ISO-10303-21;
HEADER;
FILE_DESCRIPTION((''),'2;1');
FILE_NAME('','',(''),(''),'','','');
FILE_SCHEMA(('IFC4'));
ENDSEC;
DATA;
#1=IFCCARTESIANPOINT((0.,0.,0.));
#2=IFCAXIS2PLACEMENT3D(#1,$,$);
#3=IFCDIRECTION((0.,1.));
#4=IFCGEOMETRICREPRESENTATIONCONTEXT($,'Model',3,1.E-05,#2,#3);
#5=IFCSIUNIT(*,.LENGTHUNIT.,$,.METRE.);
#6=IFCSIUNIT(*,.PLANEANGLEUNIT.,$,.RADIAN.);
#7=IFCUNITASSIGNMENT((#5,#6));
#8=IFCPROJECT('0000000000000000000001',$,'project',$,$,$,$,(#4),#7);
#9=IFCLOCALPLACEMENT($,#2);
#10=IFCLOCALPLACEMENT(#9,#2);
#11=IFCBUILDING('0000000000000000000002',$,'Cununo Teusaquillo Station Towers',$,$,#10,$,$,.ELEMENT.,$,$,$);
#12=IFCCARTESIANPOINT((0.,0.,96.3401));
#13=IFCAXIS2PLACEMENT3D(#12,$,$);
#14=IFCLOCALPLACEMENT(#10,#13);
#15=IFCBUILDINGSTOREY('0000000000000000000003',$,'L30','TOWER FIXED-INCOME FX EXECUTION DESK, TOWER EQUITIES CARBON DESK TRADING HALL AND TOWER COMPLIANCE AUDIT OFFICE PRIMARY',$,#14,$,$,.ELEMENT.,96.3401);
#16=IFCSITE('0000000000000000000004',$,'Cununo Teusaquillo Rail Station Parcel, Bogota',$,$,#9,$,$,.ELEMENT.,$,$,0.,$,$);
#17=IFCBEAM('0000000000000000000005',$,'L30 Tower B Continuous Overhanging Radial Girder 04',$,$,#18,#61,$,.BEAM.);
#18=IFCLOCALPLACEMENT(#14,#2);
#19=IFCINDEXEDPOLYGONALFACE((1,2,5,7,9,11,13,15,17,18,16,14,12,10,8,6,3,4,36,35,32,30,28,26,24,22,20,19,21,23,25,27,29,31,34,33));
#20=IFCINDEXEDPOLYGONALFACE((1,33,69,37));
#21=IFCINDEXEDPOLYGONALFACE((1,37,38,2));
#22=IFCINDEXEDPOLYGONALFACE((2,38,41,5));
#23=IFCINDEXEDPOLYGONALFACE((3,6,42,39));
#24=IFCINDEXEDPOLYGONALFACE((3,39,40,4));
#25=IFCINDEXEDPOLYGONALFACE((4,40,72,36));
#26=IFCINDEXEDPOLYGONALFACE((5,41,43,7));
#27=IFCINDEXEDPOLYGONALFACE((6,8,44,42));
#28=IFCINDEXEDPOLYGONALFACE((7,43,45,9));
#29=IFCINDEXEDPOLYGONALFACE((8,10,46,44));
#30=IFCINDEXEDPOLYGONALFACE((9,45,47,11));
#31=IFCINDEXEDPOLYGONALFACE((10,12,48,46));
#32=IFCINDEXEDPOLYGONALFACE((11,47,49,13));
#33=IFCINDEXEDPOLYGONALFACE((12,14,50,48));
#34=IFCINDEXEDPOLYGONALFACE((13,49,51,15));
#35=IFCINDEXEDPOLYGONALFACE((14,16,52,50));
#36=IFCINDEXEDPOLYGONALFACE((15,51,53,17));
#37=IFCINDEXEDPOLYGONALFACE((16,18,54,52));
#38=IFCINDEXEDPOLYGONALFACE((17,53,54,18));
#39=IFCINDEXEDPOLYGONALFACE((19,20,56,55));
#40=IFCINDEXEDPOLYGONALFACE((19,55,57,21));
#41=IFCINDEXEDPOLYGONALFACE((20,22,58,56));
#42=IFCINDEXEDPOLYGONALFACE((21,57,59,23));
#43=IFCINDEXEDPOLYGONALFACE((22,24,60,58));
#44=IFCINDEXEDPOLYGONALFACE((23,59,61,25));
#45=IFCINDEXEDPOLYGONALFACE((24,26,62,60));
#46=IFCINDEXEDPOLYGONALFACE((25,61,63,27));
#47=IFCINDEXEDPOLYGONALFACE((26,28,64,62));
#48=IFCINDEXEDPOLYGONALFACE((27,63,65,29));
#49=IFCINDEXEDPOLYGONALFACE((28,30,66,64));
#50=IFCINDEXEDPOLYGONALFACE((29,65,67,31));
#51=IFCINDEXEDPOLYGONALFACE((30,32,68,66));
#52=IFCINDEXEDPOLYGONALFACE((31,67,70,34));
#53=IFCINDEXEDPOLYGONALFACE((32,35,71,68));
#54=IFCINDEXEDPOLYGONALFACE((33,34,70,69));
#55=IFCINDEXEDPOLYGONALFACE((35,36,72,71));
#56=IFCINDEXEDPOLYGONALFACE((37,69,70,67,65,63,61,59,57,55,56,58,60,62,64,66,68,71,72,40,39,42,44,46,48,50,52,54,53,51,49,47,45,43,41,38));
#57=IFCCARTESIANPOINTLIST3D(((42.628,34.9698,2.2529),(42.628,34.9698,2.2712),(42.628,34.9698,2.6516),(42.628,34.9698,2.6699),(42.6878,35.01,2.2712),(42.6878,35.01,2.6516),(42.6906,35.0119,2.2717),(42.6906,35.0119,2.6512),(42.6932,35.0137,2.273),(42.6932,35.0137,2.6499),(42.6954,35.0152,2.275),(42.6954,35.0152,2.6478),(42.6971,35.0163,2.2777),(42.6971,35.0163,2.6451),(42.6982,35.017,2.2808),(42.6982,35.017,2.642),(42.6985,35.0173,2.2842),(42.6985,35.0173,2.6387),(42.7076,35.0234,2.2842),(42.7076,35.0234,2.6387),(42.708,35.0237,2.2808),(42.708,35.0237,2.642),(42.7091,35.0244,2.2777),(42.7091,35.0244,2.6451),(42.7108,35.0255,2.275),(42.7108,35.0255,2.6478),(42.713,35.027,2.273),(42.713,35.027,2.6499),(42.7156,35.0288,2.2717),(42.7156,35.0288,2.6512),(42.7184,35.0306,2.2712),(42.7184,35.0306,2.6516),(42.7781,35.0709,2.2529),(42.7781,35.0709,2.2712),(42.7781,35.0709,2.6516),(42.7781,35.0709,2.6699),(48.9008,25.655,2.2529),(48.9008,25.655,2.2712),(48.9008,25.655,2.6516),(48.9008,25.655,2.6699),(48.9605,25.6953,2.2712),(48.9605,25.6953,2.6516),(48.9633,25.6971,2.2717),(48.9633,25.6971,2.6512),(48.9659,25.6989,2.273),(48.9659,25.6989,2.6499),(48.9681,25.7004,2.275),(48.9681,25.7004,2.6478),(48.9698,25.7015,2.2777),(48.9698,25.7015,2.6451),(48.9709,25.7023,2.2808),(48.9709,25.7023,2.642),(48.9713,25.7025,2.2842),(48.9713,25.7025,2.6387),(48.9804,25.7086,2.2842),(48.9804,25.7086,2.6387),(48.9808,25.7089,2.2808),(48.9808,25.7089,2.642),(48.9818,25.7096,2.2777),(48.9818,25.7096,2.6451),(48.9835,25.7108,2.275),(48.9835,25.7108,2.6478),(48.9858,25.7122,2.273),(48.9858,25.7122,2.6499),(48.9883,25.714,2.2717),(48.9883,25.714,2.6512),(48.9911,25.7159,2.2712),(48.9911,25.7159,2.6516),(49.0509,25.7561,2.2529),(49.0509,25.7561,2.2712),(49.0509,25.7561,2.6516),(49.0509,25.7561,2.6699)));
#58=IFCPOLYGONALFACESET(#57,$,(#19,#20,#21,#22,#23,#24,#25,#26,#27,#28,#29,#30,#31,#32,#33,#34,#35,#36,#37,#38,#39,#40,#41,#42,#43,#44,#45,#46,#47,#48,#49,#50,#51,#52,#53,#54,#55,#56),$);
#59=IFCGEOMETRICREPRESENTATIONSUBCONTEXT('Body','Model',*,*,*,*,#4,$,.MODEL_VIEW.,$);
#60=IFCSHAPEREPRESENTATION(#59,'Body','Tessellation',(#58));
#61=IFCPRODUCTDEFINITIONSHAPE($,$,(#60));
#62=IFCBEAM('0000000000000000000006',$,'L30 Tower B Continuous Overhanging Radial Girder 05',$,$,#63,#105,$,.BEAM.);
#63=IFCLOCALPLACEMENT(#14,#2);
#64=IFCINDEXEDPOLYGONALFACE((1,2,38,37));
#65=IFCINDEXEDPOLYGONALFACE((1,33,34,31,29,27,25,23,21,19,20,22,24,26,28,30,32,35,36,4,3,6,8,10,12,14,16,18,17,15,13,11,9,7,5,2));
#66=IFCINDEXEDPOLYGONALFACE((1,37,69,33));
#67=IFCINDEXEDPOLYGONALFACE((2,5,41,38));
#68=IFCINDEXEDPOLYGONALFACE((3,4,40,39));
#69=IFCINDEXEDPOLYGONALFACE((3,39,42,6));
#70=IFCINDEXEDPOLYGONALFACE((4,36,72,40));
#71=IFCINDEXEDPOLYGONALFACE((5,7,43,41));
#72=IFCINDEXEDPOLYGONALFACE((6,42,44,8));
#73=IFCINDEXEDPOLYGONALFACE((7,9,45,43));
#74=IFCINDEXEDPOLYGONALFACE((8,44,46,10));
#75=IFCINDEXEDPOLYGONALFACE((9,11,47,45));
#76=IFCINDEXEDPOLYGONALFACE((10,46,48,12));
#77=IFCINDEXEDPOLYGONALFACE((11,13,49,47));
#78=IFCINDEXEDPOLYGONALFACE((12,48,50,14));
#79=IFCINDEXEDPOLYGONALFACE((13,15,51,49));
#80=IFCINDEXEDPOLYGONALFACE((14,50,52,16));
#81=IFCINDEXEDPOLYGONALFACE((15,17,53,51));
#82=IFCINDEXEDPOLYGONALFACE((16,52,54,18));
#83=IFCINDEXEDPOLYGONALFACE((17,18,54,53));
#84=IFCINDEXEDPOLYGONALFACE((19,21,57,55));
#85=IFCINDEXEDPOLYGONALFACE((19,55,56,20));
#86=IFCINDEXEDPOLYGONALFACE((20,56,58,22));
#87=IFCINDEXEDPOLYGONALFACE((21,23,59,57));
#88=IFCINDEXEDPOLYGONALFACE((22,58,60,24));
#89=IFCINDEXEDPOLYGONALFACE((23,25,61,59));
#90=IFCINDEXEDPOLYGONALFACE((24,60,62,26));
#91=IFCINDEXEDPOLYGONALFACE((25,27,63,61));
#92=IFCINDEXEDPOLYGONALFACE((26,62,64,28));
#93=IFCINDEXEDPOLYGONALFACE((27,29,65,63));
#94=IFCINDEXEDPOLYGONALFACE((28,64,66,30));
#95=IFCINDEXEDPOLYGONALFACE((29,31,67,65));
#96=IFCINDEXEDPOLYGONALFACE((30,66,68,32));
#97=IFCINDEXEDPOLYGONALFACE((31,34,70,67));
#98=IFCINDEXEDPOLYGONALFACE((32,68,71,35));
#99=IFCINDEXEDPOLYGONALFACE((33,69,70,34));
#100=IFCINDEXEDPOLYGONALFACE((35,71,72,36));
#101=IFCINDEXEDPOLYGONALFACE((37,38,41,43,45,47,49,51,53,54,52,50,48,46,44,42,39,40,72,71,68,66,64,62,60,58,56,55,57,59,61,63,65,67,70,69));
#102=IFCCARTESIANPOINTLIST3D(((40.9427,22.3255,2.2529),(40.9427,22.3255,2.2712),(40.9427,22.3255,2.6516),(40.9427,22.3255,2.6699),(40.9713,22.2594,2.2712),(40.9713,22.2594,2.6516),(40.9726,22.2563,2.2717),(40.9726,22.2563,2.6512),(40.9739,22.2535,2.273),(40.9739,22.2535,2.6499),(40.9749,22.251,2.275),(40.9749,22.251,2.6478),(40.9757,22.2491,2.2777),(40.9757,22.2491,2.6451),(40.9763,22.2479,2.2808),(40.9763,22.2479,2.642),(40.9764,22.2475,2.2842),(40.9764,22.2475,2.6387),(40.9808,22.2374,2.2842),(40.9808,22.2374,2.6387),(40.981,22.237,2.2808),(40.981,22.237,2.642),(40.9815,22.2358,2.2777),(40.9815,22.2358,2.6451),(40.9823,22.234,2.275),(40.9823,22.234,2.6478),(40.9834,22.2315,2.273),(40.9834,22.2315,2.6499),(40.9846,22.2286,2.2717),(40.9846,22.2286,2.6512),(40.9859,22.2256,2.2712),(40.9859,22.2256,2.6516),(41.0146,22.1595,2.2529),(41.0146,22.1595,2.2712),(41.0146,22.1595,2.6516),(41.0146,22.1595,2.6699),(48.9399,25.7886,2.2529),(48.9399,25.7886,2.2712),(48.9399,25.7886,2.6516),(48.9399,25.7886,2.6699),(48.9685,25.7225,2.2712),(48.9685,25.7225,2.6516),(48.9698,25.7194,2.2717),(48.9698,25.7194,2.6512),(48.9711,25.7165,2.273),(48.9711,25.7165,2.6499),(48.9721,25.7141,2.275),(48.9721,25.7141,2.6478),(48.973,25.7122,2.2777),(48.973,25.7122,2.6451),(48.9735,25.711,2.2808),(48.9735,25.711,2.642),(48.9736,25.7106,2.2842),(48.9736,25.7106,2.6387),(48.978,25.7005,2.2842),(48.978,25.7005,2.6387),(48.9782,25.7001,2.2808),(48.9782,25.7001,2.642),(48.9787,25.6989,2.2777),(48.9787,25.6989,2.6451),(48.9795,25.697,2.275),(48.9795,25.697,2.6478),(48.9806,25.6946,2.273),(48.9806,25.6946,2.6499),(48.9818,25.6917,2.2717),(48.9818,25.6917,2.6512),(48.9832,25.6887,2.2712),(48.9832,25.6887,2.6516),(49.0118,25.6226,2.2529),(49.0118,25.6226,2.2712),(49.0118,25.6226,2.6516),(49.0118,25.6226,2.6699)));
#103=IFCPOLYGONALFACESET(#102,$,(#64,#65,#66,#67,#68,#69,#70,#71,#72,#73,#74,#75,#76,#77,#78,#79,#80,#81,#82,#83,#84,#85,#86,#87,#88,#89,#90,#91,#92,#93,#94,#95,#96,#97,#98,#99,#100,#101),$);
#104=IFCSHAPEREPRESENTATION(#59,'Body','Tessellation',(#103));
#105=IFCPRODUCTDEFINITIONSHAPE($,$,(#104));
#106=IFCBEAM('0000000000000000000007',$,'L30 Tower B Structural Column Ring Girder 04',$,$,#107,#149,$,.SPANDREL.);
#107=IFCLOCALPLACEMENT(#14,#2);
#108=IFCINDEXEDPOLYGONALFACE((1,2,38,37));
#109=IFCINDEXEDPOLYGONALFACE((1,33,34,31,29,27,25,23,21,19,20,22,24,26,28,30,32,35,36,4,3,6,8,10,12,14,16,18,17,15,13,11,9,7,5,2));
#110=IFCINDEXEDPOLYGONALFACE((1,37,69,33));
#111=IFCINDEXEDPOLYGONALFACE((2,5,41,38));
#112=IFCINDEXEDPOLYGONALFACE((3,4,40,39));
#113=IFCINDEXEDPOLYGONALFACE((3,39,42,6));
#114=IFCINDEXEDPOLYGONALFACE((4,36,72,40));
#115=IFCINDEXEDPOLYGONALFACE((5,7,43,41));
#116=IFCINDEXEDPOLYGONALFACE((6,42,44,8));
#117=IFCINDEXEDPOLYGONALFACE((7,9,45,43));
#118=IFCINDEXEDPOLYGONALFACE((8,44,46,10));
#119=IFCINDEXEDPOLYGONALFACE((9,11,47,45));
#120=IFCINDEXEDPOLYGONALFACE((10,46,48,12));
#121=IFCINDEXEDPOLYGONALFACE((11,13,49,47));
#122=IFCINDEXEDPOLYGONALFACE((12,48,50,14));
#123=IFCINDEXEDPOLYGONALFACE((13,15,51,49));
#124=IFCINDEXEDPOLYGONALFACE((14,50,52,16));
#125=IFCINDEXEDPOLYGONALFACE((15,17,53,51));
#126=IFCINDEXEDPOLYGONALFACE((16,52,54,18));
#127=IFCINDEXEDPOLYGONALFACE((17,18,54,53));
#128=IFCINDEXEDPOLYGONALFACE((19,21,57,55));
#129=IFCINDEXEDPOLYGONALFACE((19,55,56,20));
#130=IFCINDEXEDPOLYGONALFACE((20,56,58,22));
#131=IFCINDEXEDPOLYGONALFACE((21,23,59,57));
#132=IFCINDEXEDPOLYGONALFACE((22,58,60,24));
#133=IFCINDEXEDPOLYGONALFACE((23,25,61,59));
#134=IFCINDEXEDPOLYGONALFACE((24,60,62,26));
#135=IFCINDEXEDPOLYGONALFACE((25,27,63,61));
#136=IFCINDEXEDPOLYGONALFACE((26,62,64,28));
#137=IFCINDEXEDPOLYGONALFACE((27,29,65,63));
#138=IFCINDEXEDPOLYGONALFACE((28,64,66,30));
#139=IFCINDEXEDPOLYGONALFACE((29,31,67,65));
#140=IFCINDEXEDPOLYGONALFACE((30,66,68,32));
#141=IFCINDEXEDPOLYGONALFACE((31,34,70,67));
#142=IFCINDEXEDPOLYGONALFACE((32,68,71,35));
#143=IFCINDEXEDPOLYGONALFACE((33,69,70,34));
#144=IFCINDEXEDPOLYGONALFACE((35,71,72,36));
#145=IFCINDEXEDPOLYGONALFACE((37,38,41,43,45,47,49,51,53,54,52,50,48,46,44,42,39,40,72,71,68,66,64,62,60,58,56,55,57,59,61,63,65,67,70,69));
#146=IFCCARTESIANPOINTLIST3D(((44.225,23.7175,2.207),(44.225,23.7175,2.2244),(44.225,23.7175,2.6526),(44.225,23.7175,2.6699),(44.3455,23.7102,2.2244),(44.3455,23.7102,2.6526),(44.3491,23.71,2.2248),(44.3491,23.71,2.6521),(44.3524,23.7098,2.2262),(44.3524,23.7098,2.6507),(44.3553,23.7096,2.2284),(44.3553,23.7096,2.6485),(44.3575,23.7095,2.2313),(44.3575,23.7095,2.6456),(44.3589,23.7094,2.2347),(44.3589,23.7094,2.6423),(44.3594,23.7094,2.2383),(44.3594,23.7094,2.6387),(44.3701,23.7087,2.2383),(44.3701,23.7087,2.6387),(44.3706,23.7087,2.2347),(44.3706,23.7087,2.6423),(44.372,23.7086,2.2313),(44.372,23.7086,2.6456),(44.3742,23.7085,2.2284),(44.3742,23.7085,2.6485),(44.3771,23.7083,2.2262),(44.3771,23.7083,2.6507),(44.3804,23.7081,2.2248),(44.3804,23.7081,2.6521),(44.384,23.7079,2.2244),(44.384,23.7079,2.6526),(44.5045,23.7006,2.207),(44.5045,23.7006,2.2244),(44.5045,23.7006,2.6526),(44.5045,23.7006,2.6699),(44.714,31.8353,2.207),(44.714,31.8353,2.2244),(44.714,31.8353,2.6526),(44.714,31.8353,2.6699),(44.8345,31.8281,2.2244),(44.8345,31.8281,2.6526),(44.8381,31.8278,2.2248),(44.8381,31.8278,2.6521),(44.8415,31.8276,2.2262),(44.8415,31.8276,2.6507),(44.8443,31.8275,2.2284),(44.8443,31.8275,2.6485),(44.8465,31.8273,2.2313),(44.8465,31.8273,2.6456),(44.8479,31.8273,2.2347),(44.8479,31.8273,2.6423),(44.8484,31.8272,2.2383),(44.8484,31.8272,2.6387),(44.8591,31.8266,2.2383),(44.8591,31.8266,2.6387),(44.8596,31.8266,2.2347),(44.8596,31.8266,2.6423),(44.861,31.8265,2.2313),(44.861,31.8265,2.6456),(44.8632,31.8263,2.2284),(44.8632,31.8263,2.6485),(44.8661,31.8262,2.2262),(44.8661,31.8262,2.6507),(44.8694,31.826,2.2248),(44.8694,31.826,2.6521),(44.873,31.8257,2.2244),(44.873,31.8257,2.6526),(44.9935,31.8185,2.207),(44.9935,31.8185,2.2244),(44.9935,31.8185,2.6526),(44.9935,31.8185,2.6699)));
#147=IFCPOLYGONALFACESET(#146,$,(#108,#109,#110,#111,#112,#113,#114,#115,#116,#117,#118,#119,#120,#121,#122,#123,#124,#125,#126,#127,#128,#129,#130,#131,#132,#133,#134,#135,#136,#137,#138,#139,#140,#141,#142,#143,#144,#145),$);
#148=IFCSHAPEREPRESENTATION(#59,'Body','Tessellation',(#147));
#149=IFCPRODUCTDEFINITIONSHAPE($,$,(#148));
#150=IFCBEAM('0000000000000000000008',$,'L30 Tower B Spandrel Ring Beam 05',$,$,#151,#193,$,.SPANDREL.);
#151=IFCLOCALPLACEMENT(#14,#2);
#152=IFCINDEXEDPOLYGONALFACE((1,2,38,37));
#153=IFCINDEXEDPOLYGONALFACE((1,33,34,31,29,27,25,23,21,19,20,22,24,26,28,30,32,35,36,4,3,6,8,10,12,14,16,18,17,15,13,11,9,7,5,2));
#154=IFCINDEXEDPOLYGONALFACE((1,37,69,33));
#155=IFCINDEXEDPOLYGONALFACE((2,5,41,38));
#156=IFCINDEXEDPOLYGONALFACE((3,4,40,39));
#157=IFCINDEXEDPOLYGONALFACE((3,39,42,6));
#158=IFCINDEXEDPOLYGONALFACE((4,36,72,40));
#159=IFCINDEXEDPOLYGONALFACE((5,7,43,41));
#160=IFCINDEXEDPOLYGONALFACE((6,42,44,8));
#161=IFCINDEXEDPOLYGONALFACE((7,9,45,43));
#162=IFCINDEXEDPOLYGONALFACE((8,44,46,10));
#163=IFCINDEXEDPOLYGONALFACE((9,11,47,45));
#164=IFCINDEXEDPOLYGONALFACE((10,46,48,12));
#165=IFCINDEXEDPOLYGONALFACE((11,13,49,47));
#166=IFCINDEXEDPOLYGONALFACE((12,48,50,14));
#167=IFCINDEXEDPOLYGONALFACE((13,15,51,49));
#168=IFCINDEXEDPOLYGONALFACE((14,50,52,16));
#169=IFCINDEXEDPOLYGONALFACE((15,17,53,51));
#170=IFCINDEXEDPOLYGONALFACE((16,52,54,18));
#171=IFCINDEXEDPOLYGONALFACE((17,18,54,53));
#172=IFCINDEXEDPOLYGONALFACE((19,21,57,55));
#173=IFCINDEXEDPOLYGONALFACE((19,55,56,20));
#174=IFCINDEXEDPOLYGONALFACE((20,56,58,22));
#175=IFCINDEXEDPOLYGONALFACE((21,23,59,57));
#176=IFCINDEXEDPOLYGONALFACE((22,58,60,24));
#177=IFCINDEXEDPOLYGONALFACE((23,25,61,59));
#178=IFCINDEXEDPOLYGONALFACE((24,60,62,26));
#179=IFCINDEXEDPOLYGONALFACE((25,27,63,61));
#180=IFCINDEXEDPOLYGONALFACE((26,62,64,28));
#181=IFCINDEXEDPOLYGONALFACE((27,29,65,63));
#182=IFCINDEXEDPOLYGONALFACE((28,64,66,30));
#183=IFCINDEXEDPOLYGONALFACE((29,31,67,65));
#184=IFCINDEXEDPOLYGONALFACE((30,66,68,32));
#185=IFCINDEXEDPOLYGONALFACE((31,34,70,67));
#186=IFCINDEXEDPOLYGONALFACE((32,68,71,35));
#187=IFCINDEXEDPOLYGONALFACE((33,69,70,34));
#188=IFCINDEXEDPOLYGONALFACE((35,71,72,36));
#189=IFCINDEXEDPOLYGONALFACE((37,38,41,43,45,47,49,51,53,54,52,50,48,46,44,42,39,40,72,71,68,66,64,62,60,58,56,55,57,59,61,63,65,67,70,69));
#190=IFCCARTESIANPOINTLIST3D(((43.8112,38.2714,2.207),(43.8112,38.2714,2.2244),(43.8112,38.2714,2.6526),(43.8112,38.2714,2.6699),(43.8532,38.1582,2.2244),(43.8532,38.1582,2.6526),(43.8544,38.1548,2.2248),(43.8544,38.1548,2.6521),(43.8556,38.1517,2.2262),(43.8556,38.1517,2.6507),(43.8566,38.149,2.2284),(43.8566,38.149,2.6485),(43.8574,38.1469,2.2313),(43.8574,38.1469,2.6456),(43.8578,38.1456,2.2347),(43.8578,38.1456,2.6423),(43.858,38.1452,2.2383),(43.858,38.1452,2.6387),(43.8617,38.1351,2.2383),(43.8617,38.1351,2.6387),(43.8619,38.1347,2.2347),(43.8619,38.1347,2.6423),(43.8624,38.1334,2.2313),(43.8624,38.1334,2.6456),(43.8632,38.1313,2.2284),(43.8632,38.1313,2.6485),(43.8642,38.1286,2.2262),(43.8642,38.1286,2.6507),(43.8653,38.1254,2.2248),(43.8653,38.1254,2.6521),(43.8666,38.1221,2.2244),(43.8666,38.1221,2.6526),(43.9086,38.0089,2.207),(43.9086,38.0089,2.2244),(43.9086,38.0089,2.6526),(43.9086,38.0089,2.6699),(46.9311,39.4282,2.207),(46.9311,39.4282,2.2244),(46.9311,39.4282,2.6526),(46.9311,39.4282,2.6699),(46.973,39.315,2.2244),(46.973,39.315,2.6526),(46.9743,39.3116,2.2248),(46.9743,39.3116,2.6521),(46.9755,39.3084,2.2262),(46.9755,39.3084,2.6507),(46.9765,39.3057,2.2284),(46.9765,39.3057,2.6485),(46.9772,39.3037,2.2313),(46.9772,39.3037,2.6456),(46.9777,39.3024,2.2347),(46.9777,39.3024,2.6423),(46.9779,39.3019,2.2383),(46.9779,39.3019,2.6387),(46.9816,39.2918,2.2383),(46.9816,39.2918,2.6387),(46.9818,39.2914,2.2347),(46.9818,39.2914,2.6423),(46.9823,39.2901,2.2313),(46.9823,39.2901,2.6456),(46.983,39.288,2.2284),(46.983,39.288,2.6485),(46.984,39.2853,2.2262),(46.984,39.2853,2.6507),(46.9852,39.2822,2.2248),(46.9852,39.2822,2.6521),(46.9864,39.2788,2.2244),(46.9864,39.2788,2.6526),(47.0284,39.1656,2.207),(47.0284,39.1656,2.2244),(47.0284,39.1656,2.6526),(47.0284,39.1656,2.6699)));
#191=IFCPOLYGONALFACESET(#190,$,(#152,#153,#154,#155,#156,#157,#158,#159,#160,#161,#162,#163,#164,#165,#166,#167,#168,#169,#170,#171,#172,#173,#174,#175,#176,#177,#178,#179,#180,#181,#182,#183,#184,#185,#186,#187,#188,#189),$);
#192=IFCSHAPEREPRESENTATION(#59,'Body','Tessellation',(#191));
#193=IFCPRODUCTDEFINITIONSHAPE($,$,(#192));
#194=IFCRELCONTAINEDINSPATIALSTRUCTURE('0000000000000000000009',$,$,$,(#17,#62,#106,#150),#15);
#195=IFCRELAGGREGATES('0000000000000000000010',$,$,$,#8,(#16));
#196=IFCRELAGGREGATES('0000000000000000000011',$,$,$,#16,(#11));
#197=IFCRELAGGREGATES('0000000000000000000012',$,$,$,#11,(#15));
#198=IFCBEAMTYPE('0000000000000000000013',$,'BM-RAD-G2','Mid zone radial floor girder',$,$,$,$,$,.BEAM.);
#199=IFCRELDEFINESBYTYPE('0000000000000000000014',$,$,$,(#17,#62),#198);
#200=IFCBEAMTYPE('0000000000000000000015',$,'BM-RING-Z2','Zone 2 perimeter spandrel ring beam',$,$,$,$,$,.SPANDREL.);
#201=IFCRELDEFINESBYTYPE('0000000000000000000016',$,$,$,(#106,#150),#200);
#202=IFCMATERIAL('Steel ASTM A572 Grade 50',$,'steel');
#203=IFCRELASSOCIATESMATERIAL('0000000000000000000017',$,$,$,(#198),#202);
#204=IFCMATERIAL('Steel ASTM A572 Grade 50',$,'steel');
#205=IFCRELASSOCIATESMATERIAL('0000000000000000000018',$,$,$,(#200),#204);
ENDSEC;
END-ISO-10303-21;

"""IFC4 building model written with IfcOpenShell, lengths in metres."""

from ifc_helpers import new_model, si_unit, direction, frame, origin, origin_2d, place, context, subcontext, project, spatial, i_section, extrude, material, material_profile, profile_set, type_object, element, save


model = new_model("IFC4")

# Units and contexts
model_context = context("Model", 3, precision=1e-05, world=origin(), true_north=direction((0.0, 1.0)))
body_context = subcontext(model_context, "Body", "Model", "MODEL_VIEW")
ifc_project = project(units=[si_unit("LENGTHUNIT", "METRE"), si_unit("PLANEANGLEUNIT", "RADIAN")], contexts=[model_context])

# Site, building, storey
site_placement = place(None, origin())
site = spatial("IfcSite", under=ifc_project, at=site_placement, Name="Cununo Teusaquillo Rail Station Parcel, Bogota", CompositionType="ELEMENT", RefElevation=0.0)
building_placement = place(site_placement, origin())
building = spatial("IfcBuilding", under=site, at=building_placement, Name="Cununo Teusaquillo Station Towers", CompositionType="ELEMENT")
storey_placement = place(building_placement, frame((0.0, 0.0, 96.3401)))
storey = spatial("IfcBuildingStorey", under=building, at=storey_placement, Name="L30", Description="TOWER FIXED-INCOME FX EXECUTION DESK, TOWER EQUITIES CARBON DESK TRADING HALL AND TOWER COMPLIANCE AUDIT OFFICE PRIMARY", CompositionType="ELEMENT", Elevation=96.3401)

# Beams
ifc_material_1 = material(Name="Steel ASTM A572 Grade 50", Category="steel")
ifc_material_profile_1 = material_profile(ifc_material_1, i_section(OverallWidth=0.1809, OverallDepth=0.417, WebThickness=0.011, FlangeThickness=0.0183, FilletRadius=0.0129, at=origin_2d()), Name="W16X57")
ifc_profile_set_1 = profile_set([ifc_material_profile_1], Name="Steel ASTM A572 Grade 50")
beam_type_1 = type_object("IfcBeamType", Name="BM-RAD-G2", Description="Mid zone radial floor girder", PredefinedType="BEAM", material=ifc_profile_set_1)
beam_1_placement = place(storey_placement, frame((48.9758, 25.7056, 2.4614), z_axis=(-0.558572, 0.829456, 0.0), x_axis=(-0.829456, -0.558572, 0.0)))
element("IfcBeam", 1, at=beam_1_placement, inside=storey, type_object=beam_type_1, Name="L30 Tower B Continuous Overhanging Radial Girder 04", PredefinedType="BEAM", context=body_context, shape_type="SweptSolid", body=[
    extrude(i_section(OverallWidth=0.1809, OverallDepth=0.417, WebThickness=0.011, FlangeThickness=0.0183, FilletRadius=0.0129, at=origin_2d()), origin(), (0.0, 0.0, 1.0), 11.23),
])
beam_2_placement = place(storey_placement, frame((48.9758, 25.7056, 2.4614), z_axis=(-0.917655, -0.397379, 0.0), x_axis=(0.397379, -0.917655, 0.0)))
element("IfcBeam", 2, at=beam_2_placement, inside=storey, type_object=beam_type_1, Name="L30 Tower B Continuous Overhanging Radial Girder 05", PredefinedType="BEAM", context=body_context, shape_type="SweptSolid", body=[
    extrude(i_section(OverallWidth=0.1809, OverallDepth=0.417, WebThickness=0.011, FlangeThickness=0.0183, FilletRadius=0.0129, at=origin_2d()), origin(), (0.0, 0.0, 1.0), 8.7148),
])
ifc_material_2 = material(Name="Steel ASTM A572 Grade 50", Category="steel")
ifc_material_profile_2 = material_profile(ifc_material_2, i_section(OverallWidth=0.28, OverallDepth=0.4629, WebThickness=0.0107, FlangeThickness=0.0173, FilletRadius=0.0139, at=origin_2d()), Name="W18X76")
ifc_profile_set_2 = profile_set([ifc_material_profile_2], Name="Steel ASTM A572 Grade 50")
beam_type_2 = type_object("IfcBeamType", Name="BM-RING-Z2", Description="Zone 2 perimeter spandrel ring beam", PredefinedType="SPANDREL", material=ifc_profile_set_2)
beam_3_placement = place(storey_placement, frame((44.8538, 31.8269, 2.4385), z_axis=(-0.06013, -0.998191, 0.0), x_axis=(0.998191, -0.06013, 0.0)))
element("IfcBeam", 3, at=beam_3_placement, inside=storey, type_object=beam_type_2, Name="L30 Tower B Structural Column Ring Girder 04", PredefinedType="SPANDREL", context=body_context, shape_type="SweptSolid", body=[
    extrude(i_section(OverallWidth=0.28, OverallDepth=0.4629, WebThickness=0.0107, FlangeThickness=0.0173, FilletRadius=0.0139, at=origin_2d()), origin(), (0.0, 0.0, 1.0), 8.1326),
])
for number, where, z_axis, x_axis, name in (
    (4, (46.9797, 39.2969, 2.4385), (-0.937628, -0.347639, 0.0), (0.347639, -0.937628, 0.0), "L30 Tower B Spandrel Ring Beam 05"),
):
    element("IfcBeam", number, at=place(storey_placement, frame(where, z_axis=z_axis, x_axis=x_axis)), inside=storey, type_object=beam_type_2, Name=name, PredefinedType="SPANDREL", context=body_context, shape_type="SweptSolid", body=[
        extrude(i_section(OverallWidth=0.28, OverallDepth=0.4629, WebThickness=0.0107, FlangeThickness=0.0173, FilletRadius=0.0139, at=origin_2d()), origin(), (0.0, 0.0, 1.0), 3.3274),
    ])

save(model, "model.ifc")
